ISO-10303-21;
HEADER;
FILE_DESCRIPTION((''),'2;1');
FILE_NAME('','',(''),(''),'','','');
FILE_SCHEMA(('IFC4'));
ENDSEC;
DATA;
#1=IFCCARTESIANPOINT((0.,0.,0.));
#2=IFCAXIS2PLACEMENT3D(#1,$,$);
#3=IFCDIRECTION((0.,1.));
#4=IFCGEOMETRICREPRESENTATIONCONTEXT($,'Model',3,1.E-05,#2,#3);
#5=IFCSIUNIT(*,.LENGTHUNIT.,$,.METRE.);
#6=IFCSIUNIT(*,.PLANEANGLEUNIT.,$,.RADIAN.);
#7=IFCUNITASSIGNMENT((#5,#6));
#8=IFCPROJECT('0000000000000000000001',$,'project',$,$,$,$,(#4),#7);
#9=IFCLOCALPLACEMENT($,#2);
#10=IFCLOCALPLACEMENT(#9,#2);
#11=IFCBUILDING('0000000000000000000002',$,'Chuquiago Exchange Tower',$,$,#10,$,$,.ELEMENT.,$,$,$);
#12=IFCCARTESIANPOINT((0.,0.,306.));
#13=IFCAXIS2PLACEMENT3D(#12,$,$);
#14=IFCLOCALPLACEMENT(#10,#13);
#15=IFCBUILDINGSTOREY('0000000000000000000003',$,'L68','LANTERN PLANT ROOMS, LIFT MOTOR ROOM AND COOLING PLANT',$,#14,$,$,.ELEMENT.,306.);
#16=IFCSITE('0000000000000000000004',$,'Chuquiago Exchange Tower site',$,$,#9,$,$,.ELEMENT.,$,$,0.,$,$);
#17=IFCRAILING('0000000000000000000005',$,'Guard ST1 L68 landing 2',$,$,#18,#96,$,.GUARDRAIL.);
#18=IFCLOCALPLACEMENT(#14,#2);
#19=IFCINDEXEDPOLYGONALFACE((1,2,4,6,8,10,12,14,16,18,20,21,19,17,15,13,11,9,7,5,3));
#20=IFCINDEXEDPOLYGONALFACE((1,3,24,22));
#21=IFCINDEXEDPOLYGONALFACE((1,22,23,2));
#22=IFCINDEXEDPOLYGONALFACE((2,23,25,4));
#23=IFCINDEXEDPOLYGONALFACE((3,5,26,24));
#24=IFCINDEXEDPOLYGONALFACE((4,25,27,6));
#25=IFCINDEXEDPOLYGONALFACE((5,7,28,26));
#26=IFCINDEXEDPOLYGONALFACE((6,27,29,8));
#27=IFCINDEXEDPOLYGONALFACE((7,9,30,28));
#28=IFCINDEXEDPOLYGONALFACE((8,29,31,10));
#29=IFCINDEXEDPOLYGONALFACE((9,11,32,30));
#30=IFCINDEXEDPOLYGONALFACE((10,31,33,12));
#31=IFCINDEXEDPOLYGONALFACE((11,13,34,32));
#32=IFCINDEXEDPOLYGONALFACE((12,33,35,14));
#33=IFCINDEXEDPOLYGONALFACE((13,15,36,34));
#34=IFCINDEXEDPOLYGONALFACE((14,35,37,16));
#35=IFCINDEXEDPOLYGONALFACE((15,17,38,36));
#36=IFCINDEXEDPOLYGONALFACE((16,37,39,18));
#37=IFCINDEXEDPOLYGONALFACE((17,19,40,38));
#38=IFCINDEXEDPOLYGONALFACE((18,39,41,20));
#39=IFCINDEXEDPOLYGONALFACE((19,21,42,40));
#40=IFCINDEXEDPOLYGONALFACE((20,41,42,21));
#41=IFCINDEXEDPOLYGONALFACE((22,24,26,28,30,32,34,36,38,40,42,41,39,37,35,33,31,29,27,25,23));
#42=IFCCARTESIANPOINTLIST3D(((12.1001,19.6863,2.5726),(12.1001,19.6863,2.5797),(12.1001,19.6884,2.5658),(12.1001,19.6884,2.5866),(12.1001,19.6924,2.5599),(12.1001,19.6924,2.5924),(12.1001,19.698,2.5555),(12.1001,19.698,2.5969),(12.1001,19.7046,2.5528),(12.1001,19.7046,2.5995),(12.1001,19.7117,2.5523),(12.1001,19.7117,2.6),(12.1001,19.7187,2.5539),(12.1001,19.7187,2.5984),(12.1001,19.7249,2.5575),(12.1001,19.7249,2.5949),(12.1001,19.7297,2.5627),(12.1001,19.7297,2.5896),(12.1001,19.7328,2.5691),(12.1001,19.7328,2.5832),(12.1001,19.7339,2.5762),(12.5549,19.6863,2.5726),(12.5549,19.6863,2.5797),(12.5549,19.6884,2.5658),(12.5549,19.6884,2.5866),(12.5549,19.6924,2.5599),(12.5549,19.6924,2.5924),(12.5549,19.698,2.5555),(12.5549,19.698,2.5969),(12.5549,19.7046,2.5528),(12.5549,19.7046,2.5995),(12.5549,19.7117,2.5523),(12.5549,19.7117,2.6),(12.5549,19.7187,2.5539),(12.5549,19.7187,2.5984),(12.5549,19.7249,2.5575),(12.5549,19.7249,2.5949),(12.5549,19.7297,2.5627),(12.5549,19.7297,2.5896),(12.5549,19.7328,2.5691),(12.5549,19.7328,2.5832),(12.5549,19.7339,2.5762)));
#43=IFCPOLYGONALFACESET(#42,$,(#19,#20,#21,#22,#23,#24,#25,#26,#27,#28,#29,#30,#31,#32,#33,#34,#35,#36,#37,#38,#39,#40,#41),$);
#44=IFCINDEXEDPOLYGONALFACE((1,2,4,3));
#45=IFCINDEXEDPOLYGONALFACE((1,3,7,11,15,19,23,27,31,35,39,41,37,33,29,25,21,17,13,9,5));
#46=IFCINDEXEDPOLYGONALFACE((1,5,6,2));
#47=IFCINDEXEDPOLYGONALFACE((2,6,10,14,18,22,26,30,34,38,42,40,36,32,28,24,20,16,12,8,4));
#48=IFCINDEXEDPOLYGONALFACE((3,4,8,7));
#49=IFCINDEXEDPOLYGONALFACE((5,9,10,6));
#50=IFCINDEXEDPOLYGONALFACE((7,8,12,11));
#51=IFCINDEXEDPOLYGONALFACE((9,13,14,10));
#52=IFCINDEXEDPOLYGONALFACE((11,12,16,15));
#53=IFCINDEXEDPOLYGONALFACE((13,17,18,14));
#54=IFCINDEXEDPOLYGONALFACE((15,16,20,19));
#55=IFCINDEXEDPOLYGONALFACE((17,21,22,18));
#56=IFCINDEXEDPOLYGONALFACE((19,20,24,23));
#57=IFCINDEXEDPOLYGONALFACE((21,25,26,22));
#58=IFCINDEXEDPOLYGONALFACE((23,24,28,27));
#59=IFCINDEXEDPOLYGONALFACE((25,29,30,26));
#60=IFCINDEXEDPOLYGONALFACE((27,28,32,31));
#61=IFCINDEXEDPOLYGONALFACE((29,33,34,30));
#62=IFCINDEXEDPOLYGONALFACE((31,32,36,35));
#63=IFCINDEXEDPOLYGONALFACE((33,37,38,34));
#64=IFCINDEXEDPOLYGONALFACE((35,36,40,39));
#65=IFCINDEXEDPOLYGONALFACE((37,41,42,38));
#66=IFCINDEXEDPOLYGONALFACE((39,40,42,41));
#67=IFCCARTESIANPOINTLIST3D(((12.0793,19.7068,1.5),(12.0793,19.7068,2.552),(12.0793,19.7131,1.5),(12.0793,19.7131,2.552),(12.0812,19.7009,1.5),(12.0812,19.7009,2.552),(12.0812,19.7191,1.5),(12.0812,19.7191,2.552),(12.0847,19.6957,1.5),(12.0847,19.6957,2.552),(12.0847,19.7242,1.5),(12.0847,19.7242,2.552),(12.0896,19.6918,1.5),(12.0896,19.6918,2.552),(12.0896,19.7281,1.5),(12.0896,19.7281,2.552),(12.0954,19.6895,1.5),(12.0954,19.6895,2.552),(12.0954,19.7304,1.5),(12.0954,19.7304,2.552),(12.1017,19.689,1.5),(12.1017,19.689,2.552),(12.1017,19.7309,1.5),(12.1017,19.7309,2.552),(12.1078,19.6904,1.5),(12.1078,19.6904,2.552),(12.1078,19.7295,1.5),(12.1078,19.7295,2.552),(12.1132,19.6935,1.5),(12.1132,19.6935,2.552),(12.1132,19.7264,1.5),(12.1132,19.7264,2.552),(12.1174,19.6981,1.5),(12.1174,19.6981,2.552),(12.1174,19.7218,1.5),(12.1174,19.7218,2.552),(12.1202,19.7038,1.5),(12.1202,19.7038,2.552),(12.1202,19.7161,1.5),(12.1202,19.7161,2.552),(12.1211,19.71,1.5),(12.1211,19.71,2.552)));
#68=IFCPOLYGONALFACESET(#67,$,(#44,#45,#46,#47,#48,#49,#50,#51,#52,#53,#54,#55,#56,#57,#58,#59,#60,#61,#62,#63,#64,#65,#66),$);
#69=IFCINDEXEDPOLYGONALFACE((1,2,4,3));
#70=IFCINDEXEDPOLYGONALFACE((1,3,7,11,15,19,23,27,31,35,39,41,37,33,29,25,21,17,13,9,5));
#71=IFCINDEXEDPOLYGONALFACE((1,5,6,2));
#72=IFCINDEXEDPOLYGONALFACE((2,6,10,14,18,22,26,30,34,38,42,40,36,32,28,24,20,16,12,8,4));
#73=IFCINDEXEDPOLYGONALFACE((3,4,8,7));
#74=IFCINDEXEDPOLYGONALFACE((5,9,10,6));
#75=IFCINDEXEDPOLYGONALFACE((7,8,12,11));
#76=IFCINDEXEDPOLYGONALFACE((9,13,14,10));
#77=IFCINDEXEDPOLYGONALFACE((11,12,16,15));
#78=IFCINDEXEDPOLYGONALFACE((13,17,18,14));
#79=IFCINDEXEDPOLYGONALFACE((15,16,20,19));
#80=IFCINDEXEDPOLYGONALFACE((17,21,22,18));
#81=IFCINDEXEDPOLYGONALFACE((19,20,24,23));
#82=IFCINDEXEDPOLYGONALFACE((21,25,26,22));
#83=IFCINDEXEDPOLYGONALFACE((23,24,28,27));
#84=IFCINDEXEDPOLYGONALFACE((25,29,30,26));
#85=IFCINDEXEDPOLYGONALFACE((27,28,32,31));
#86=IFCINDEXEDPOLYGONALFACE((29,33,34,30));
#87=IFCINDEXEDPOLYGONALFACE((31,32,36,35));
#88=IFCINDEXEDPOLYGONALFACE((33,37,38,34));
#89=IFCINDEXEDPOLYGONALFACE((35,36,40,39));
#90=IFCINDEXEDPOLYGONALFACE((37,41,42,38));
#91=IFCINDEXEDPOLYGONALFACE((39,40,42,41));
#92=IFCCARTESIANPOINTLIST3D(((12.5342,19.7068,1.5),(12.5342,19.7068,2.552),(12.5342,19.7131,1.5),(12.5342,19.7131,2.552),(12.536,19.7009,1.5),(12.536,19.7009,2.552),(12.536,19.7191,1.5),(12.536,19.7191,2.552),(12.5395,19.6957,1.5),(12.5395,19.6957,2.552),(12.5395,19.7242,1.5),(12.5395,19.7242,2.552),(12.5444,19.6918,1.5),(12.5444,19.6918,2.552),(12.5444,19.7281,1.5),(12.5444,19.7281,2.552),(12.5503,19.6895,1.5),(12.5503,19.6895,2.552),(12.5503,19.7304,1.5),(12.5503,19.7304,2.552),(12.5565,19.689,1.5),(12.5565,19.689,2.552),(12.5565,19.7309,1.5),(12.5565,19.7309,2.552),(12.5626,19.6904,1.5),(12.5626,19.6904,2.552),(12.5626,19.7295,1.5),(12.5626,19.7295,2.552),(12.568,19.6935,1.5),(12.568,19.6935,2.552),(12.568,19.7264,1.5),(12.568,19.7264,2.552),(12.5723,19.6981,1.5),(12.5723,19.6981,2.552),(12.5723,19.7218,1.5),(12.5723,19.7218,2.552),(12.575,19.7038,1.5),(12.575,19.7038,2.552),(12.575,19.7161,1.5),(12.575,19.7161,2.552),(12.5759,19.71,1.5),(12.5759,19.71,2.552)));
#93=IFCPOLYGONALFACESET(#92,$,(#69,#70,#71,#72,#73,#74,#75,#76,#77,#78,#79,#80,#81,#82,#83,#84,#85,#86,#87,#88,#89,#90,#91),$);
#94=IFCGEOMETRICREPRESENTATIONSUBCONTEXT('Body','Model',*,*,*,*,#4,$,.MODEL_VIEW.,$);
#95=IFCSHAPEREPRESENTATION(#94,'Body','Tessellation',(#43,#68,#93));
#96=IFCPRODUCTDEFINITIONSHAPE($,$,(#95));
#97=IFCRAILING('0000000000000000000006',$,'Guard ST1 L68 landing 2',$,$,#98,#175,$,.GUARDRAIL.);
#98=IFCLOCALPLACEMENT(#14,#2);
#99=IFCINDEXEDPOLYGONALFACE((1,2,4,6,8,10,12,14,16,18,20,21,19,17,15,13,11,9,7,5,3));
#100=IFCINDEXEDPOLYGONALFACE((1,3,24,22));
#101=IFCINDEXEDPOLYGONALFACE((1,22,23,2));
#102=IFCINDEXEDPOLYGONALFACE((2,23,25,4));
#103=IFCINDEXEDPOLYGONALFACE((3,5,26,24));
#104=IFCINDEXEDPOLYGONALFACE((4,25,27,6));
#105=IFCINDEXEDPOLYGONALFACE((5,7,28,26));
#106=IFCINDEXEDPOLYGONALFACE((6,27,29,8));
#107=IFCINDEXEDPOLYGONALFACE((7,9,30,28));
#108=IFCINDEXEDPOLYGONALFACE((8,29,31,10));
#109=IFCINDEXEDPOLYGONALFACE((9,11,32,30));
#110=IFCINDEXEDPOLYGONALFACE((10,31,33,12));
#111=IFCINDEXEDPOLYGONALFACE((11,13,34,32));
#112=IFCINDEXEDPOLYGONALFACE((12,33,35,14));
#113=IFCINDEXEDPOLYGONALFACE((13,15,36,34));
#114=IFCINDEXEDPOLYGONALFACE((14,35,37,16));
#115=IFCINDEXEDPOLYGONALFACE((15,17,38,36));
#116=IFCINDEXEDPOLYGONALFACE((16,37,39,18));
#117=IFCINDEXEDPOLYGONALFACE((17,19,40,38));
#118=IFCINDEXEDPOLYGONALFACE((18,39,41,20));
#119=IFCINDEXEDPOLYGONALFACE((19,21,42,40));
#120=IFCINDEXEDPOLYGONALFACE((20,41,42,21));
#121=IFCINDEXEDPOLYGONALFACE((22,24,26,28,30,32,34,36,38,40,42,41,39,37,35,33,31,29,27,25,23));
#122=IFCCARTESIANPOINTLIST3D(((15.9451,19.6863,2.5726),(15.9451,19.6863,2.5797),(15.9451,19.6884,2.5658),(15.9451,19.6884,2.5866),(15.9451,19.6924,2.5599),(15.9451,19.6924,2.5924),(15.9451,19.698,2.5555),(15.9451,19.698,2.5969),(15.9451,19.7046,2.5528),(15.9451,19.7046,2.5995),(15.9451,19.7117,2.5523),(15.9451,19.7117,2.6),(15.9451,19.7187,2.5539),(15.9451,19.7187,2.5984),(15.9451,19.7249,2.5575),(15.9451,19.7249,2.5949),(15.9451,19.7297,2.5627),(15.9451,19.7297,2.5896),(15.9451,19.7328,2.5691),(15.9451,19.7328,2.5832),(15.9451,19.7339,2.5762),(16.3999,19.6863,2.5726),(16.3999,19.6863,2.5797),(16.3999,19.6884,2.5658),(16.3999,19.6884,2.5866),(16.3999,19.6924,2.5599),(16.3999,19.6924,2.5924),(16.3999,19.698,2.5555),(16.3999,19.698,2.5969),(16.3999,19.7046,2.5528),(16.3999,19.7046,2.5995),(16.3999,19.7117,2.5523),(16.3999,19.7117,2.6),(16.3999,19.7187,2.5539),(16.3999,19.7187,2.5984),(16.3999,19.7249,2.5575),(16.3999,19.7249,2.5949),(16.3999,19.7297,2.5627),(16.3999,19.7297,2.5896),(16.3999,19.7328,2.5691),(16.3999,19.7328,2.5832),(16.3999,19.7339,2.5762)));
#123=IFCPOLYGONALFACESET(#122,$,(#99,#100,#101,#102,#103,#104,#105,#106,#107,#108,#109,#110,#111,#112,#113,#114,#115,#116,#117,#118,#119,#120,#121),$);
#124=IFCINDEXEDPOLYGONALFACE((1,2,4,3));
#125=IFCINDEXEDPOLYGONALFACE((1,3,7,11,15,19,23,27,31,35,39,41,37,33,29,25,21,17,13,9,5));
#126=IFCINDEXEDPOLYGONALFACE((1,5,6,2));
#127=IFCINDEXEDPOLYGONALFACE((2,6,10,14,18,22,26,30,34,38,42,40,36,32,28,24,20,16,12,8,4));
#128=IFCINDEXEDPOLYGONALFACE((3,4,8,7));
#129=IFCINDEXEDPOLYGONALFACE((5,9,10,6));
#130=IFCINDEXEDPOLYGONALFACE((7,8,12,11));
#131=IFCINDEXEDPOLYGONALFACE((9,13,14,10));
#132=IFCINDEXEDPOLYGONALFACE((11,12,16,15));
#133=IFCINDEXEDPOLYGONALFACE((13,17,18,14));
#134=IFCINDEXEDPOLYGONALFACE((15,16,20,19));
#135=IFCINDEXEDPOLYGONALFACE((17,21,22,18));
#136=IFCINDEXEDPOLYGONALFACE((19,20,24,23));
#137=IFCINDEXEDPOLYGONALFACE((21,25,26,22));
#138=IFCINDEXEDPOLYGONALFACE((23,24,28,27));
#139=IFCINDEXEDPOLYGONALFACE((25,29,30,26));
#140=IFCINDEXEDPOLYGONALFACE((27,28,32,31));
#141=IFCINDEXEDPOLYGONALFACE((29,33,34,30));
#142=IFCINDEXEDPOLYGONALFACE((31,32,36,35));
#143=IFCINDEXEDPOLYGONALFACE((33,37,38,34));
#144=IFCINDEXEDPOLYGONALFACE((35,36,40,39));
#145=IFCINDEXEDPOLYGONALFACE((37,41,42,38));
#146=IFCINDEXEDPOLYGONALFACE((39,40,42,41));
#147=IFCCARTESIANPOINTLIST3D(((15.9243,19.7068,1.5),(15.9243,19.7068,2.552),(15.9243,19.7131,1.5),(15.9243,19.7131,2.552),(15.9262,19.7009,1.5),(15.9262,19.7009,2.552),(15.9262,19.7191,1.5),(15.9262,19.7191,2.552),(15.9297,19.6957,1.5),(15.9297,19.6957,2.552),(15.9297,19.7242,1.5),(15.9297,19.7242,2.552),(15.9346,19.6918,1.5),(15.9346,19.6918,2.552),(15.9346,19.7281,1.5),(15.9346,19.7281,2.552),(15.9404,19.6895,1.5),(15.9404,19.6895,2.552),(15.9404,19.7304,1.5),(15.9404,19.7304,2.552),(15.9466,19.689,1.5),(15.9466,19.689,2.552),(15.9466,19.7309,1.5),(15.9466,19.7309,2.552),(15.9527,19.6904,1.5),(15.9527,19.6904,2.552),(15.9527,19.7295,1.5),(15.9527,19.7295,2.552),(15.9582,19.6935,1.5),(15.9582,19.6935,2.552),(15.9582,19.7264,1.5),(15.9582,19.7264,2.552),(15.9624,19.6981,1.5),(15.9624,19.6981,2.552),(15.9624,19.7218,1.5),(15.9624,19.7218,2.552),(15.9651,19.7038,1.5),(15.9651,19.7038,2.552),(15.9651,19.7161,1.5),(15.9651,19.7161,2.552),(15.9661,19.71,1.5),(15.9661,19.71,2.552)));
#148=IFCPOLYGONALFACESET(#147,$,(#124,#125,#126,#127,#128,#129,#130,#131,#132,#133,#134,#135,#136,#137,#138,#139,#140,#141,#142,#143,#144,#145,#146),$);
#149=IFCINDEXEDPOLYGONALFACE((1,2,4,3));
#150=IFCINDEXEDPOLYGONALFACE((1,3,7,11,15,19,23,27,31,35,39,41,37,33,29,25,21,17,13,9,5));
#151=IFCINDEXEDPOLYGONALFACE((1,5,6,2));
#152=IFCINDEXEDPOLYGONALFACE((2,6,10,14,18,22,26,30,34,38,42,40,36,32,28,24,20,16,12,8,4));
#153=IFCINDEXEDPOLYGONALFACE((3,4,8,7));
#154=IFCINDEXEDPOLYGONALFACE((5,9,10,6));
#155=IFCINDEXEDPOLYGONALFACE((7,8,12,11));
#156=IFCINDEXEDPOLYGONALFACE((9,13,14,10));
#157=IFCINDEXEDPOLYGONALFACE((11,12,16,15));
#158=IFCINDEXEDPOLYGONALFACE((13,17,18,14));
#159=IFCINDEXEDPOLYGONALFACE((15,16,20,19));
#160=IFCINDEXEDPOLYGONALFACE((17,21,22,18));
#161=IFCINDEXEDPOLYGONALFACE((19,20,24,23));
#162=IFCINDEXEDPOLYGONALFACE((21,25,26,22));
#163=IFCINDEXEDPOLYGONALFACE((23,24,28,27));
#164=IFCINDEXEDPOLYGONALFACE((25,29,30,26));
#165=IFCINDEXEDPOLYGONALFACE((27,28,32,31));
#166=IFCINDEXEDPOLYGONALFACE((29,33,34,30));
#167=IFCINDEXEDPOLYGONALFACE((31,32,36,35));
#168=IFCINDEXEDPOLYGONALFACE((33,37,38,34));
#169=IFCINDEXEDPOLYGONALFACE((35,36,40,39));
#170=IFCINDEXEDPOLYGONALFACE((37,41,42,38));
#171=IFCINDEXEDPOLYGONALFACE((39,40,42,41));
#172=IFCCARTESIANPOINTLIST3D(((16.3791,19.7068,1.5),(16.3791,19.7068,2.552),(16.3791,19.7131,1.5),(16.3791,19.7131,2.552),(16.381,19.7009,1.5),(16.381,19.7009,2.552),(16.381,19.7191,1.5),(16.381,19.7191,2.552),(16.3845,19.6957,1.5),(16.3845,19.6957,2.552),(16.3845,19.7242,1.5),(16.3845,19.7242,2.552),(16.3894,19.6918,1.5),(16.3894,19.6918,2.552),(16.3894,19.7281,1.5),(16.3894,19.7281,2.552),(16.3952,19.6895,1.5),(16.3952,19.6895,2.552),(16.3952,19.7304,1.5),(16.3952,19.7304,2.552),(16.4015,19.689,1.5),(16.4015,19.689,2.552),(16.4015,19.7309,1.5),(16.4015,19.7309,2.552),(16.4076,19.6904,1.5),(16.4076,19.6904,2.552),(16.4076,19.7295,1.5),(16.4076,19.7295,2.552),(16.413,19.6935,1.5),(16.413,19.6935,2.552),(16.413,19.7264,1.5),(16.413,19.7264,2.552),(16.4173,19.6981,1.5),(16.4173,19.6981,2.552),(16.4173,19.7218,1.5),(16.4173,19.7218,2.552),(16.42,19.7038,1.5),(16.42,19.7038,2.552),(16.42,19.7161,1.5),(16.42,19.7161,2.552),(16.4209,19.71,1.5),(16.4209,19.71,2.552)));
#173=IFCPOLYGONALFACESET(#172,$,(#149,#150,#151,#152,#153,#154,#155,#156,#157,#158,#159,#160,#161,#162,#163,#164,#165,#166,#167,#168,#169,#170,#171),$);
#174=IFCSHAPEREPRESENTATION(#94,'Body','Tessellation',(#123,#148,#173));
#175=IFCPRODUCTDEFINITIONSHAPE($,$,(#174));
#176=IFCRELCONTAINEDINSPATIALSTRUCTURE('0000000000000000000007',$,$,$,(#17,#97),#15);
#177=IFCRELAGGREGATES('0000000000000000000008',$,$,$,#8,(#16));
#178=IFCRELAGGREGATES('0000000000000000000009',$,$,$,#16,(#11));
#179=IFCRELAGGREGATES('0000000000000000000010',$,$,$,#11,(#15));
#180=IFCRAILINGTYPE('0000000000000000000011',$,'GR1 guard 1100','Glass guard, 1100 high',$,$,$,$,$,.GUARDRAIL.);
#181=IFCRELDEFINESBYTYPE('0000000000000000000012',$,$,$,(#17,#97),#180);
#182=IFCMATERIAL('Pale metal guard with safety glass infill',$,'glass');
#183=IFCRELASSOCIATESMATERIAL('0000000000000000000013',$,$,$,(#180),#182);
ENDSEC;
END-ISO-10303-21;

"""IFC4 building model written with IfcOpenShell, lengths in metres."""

from ifc_helpers import new_model, si_unit, direction, frame, origin, origin_2d, place, context, subcontext, project, spatial, circle, extrude, material, type_object, element, save


model = new_model("IFC4")

# Units and contexts
model_context = context("Model", 3, precision=1e-05, world=origin(), true_north=direction((0.0, 1.0)))
body_context = subcontext(model_context, "Body", "Model", "MODEL_VIEW")
ifc_project = project(units=[si_unit("LENGTHUNIT", "METRE"), si_unit("PLANEANGLEUNIT", "RADIAN")], contexts=[model_context])

# Site, building, storey
site_placement = place(None, origin())
site = spatial("IfcSite", under=ifc_project, at=site_placement, Name="Chuquiago Exchange Tower site", CompositionType="ELEMENT", RefElevation=0.0)
building_placement = place(site_placement, origin())
building = spatial("IfcBuilding", under=site, at=building_placement, Name="Chuquiago Exchange Tower", CompositionType="ELEMENT")
storey_placement = place(building_placement, frame((0.0, 0.0, 306.0)))
storey = spatial("IfcBuildingStorey", under=building, at=storey_placement, Name="L68", Description="LANTERN PLANT ROOMS, LIFT MOTOR ROOM AND COOLING PLANT", CompositionType="ELEMENT", Elevation=306.0)

# Railings
ifc_material_1 = material(Name="Pale metal guard with safety glass infill", Category="glass")
railing_type_1 = type_object("IfcRailingType", Name="GR1 guard 1100", Description="Glass guard, 1100 high", PredefinedType="GUARDRAIL", material=ifc_material_1)
for number, where, name in (
    (1, (12.1001, 19.71, 1.5), "Guard ST1 L68 landing 2"),
    (2, (15.9451, 19.71, 1.5), "Guard ST1 L68 landing 2"),
):
    element("IfcRailing", number, at=place(storey_placement, frame(where)), inside=storey, type_object=railing_type_1, Name=name, PredefinedType="GUARDRAIL", context=body_context, shape_type="SweptSolid", body=[
        extrude(circle(Radius=0.0239, at=origin_2d()), frame((0.0, 0.0, 1.0762), z_axis=(1.0, 0.0, 0.0), x_axis=(0.0, 1.0, 0.0)), (0.0, 0.0, 1.0), 0.4548),
        extrude(circle(Radius=0.021, at=origin_2d()), origin(), (0.0, 0.0, 1.0), 1.052),
        extrude(circle(Radius=0.021, at=origin_2d()), frame((0.4548, 0.0, 0.0)), (0.0, 0.0, 1.0), 1.052),
    ])

save(model, "model.ifc")
